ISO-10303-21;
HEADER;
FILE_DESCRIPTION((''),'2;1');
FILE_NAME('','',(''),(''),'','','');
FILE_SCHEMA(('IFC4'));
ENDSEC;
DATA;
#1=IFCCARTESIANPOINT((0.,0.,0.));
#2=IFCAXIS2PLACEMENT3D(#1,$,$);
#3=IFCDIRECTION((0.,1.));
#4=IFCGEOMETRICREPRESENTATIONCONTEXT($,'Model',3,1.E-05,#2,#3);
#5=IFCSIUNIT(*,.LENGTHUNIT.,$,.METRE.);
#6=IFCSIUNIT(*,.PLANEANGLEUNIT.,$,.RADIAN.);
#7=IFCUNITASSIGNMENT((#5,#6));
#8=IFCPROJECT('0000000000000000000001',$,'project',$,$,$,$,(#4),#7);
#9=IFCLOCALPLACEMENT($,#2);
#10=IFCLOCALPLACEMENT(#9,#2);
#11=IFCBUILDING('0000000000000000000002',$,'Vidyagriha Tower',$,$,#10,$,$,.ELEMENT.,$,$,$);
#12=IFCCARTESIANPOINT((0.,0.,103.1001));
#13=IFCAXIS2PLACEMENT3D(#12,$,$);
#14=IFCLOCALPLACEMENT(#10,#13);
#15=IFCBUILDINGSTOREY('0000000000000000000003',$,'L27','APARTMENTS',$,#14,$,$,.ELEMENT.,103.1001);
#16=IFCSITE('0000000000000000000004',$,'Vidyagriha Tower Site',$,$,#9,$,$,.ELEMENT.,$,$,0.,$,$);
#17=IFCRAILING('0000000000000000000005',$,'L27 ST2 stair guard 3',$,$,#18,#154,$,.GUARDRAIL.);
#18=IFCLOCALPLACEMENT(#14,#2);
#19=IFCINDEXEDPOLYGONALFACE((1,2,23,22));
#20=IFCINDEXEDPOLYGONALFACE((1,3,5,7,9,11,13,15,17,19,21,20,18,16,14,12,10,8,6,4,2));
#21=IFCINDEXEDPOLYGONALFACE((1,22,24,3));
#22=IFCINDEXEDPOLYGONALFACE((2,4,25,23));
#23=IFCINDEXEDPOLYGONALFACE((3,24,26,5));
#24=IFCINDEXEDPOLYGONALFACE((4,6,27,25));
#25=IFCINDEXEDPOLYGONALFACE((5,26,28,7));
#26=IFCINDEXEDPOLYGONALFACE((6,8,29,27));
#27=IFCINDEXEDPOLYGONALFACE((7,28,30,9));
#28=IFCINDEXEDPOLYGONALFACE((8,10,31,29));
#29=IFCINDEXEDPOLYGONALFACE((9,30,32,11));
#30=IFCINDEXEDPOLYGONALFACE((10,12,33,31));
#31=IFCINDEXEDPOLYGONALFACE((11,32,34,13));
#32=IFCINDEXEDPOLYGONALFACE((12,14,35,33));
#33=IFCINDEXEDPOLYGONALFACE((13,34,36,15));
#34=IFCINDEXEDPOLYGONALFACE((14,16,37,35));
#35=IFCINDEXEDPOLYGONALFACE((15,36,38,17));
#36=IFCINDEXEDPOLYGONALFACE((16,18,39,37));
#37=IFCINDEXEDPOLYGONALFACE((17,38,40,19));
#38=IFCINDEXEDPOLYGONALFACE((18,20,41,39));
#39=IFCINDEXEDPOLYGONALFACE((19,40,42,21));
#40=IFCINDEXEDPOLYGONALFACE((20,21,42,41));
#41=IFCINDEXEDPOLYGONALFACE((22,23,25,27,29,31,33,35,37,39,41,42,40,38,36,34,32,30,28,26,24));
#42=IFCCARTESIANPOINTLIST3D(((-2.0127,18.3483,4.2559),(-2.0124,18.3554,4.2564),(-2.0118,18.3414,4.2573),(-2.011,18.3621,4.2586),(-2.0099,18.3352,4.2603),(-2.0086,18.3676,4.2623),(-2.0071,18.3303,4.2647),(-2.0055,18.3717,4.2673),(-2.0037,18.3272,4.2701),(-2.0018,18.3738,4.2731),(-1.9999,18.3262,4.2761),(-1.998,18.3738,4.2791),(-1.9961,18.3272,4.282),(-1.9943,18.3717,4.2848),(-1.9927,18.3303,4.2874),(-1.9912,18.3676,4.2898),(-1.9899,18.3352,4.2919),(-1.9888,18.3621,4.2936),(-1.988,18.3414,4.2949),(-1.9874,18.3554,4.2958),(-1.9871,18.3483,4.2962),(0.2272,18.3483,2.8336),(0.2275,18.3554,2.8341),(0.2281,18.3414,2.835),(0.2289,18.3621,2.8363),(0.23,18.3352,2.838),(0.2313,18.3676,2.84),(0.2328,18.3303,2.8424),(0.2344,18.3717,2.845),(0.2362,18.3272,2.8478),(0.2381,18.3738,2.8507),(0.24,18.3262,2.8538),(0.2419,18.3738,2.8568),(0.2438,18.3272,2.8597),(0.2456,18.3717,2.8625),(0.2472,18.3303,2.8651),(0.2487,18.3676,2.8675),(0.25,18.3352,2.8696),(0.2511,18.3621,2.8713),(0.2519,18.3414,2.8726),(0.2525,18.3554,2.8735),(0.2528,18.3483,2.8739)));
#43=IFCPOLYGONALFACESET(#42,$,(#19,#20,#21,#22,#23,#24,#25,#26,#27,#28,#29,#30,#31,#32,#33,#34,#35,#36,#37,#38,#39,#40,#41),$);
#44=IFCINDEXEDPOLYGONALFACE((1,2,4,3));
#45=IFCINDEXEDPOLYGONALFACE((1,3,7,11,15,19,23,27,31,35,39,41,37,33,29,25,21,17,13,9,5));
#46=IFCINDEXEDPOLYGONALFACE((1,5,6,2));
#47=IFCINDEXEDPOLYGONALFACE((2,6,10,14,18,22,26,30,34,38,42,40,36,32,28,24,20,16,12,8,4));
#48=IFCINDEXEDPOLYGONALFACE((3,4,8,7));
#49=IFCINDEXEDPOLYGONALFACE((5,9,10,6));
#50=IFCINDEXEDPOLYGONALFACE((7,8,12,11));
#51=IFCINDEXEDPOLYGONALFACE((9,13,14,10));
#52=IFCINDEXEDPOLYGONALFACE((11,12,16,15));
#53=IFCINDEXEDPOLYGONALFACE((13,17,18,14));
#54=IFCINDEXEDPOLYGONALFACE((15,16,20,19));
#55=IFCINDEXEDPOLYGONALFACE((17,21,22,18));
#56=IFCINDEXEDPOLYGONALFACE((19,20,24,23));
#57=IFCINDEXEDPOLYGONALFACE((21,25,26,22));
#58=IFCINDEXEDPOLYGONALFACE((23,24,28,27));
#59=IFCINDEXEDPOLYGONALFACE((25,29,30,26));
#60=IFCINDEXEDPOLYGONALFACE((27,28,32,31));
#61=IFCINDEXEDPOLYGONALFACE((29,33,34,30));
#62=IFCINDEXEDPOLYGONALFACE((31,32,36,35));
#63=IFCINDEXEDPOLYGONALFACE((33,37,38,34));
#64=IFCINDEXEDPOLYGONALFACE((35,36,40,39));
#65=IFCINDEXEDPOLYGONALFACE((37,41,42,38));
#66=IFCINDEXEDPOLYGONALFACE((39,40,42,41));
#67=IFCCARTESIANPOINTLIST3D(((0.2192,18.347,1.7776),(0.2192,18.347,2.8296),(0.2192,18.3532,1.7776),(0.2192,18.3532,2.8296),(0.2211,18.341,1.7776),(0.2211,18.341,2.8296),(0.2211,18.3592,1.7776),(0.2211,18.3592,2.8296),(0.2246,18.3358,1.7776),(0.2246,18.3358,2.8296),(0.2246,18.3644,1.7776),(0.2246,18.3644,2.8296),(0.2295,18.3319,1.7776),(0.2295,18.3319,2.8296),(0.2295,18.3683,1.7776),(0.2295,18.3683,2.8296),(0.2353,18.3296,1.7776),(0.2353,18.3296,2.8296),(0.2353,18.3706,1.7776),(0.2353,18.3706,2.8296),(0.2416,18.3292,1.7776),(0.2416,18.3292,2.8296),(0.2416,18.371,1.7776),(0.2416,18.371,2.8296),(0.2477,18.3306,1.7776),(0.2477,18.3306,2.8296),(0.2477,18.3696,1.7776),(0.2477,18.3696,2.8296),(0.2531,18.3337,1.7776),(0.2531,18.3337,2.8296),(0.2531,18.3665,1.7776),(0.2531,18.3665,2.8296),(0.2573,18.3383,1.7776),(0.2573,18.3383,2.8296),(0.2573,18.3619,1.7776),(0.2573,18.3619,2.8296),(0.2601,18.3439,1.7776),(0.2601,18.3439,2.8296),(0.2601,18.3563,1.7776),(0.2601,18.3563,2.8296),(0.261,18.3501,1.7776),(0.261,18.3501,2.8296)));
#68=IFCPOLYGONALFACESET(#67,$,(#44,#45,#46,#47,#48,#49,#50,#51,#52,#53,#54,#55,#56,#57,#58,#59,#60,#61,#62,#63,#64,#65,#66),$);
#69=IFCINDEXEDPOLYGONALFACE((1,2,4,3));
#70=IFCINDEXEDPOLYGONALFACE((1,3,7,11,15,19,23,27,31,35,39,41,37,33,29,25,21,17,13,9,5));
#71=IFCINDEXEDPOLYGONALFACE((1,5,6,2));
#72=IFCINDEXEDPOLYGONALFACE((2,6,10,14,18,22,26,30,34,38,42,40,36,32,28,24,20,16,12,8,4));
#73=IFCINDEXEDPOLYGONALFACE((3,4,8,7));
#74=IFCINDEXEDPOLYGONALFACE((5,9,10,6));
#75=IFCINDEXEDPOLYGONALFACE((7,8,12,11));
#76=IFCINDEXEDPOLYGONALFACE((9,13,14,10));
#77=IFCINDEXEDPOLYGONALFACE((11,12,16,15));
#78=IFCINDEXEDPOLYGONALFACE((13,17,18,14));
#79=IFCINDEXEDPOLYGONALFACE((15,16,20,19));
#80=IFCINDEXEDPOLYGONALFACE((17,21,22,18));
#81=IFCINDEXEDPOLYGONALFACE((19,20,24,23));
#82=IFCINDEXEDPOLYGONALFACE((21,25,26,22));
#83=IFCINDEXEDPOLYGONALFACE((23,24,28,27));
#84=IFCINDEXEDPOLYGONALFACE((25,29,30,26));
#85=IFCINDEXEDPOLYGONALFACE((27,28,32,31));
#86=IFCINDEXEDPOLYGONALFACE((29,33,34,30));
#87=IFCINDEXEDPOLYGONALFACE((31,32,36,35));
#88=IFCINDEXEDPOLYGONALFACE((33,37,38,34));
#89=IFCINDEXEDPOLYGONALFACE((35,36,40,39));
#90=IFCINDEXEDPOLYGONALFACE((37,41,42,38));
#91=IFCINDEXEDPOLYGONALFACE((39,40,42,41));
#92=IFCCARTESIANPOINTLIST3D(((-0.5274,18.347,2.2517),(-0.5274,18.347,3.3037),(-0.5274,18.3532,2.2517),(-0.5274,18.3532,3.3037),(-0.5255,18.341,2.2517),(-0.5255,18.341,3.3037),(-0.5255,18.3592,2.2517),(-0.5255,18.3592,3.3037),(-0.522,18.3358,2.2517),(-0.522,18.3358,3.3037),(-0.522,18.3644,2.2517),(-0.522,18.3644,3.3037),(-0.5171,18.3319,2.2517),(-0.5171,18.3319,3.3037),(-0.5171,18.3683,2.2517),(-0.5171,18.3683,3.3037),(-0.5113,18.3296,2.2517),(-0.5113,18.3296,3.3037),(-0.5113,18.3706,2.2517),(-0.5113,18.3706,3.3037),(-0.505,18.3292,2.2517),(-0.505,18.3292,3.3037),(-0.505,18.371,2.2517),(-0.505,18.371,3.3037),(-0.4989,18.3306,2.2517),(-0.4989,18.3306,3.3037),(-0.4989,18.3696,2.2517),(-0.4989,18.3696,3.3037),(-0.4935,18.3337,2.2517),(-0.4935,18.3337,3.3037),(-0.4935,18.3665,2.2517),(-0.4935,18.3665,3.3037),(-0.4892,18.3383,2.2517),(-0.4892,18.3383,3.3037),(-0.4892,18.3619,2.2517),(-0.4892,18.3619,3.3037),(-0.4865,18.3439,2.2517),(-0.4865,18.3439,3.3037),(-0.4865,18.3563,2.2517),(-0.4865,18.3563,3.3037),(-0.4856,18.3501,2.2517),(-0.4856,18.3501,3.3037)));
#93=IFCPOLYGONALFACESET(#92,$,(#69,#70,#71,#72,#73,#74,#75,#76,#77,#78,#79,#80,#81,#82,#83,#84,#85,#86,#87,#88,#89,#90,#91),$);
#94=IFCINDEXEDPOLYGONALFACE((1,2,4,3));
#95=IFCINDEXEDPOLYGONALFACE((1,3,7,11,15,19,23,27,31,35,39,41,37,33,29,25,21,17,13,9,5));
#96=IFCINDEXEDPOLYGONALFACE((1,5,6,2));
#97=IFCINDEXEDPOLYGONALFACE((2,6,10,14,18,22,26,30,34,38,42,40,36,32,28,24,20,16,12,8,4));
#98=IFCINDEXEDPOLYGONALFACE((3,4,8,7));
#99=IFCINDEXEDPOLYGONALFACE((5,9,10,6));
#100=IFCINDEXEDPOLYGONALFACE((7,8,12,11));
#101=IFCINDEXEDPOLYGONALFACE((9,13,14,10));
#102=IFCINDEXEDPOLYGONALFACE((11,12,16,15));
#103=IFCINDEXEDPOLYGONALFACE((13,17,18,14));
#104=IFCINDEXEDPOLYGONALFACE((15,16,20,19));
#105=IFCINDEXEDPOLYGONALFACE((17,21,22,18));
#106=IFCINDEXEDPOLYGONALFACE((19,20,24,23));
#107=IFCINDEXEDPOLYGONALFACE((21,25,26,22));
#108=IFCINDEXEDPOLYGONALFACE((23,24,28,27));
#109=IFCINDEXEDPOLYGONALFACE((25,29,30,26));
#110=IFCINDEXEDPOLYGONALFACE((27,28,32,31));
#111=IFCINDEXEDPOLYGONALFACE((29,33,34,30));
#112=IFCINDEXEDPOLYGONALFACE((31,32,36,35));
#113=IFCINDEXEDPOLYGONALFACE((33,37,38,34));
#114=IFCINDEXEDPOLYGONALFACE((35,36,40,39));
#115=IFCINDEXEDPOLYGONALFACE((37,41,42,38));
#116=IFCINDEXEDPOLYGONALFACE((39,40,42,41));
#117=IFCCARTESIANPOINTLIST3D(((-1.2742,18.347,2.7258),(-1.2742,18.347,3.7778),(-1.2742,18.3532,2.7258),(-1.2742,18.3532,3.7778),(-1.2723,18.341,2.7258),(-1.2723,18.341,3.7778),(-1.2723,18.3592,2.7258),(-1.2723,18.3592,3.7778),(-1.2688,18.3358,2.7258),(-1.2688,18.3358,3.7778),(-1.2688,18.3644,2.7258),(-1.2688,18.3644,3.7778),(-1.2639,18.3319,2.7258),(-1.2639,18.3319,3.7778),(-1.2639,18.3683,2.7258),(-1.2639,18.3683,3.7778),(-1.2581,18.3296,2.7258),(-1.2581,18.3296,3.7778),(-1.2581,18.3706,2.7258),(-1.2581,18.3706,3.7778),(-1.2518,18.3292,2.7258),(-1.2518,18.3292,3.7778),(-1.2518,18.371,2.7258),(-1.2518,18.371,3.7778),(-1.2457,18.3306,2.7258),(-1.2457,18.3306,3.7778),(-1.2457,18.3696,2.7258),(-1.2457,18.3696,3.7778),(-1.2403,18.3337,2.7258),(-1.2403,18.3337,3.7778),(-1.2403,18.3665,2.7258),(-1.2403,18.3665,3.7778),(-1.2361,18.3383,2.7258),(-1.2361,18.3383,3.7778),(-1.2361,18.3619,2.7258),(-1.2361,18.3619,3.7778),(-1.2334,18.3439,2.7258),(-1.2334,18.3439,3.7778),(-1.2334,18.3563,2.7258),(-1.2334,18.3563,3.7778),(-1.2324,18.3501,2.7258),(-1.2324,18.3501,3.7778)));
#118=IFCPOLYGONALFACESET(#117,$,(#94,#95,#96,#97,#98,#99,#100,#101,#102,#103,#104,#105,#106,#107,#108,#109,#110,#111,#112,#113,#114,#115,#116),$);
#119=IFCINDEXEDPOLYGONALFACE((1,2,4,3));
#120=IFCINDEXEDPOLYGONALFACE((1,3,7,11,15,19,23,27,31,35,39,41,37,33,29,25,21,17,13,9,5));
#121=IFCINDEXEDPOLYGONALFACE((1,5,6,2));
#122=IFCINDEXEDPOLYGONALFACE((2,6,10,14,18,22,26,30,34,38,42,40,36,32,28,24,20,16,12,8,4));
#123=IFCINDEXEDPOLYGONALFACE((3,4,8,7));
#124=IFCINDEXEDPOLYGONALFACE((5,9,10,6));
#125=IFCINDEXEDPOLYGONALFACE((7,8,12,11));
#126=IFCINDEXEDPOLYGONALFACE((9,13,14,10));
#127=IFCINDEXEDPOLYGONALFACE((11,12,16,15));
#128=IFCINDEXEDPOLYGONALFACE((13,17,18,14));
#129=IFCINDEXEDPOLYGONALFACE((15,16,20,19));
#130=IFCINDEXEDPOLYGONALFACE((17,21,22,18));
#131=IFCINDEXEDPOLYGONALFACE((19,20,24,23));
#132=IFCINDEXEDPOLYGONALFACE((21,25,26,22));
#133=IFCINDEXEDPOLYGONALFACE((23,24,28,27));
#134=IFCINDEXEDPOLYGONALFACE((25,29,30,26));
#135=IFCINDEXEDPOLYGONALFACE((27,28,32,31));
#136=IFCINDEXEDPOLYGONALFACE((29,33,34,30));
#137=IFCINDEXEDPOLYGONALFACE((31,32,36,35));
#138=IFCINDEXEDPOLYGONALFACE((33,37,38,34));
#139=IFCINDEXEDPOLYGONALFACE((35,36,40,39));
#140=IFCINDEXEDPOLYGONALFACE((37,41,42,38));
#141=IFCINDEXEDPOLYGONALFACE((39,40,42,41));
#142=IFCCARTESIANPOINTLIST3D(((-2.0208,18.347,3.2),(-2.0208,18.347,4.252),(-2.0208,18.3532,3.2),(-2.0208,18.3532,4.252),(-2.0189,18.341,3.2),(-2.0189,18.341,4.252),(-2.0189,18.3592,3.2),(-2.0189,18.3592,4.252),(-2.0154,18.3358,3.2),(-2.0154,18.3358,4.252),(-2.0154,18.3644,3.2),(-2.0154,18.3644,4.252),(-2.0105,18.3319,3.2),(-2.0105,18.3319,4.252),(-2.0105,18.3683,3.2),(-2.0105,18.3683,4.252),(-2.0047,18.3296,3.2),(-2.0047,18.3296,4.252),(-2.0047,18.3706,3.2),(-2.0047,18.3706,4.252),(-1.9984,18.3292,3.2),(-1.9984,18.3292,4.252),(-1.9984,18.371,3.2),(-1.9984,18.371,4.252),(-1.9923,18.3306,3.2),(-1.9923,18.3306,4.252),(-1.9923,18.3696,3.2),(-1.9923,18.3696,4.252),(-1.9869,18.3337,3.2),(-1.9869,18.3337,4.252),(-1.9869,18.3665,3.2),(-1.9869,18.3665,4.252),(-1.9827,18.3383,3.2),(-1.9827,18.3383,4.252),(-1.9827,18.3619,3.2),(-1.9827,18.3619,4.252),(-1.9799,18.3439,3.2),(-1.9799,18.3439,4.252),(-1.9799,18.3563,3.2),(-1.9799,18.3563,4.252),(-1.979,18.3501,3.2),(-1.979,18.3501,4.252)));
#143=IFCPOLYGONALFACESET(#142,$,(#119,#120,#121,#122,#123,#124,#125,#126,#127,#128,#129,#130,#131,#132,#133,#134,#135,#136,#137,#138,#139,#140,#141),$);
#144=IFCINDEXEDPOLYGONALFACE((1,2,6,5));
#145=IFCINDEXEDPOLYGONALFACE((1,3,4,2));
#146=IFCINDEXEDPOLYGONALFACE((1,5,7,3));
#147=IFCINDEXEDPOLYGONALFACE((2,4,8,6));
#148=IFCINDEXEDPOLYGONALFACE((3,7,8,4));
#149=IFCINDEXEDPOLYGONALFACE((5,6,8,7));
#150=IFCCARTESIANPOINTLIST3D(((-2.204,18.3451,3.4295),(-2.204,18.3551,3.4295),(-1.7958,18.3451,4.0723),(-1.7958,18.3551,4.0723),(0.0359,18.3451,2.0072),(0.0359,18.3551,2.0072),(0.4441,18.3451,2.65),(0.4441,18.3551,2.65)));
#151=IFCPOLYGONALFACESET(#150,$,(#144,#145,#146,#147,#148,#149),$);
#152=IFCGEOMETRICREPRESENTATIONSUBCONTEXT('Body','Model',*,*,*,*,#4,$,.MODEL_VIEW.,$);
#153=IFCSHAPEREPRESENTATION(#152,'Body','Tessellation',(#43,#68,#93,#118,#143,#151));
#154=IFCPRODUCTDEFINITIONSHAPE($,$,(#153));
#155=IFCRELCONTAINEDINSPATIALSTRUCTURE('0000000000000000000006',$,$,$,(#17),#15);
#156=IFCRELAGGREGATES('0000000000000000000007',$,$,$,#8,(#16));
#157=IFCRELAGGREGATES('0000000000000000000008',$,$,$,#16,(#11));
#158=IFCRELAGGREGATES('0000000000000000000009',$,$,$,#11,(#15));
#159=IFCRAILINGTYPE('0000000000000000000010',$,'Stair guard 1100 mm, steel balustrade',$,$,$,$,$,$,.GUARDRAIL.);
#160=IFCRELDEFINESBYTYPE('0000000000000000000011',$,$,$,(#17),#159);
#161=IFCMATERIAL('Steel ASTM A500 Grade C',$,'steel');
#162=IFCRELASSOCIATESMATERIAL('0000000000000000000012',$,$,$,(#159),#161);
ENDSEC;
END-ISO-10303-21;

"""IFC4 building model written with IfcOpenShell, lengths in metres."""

from ifc_helpers import new_model, si_unit, direction, frame, origin, origin_2d, place, context, subcontext, project, spatial, rectangle, circle, extrude, material, type_object, element, save


model = new_model("IFC4")

# Units and contexts
model_context = context("Model", 3, precision=1e-05, world=origin(), true_north=direction((0.0, 1.0)))
body_context = subcontext(model_context, "Body", "Model", "MODEL_VIEW")
ifc_project = project(units=[si_unit("LENGTHUNIT", "METRE"), si_unit("PLANEANGLEUNIT", "RADIAN")], contexts=[model_context])

# Site, building, storey
site_placement = place(None, origin())
site = spatial("IfcSite", under=ifc_project, at=site_placement, Name="Vidyagriha Tower Site", CompositionType="ELEMENT", RefElevation=0.0)
building_placement = place(site_placement, origin())
building = spatial("IfcBuilding", under=site, at=building_placement, Name="Vidyagriha Tower", CompositionType="ELEMENT")
storey_placement = place(building_placement, frame((0.0, 0.0, 103.1001)))
storey = spatial("IfcBuildingStorey", under=building, at=storey_placement, Name="L27", Description="APARTMENTS", CompositionType="ELEMENT", Elevation=103.1001)

# Railing
ifc_material_1 = material(Name="Steel ASTM A500 Grade C", Category="steel")
railing_type_1 = type_object("IfcRailingType", Name="Stair guard 1100 mm, steel balustrade", PredefinedType="GUARDRAIL", material=ifc_material_1)
railing_1_placement = place(storey_placement, frame((0.24, 18.3501, 1.7776)))
element("IfcRailing", 1, at=railing_1_placement, inside=storey, type_object=railing_type_1, Name="L27 ST2 stair guard 3", PredefinedType="GUARDRAIL", context=body_context, shape_type="SweptSolid", body=[
    extrude(circle(Radius=0.0239, at=origin_2d()), frame((0.0, 0.0, 1.0762), z_axis=(-0.844188, 0.0, 0.536048), x_axis=(0.0, -1.0, 0.0)), (0.0, 0.0, 1.0), 2.6533),
    extrude(circle(Radius=0.021, at=origin_2d()), origin(), (0.0, 0.0, 1.0), 1.052),
    extrude(circle(Radius=0.021, at=origin_2d()), frame((-0.7466, 0.0, 0.4741)), (0.0, 0.0, 1.0), 1.052),
    extrude(circle(Radius=0.021, at=origin_2d()), frame((-1.4934, 0.0, 0.9482)), (0.0, 0.0, 1.0), 1.052),
    extrude(circle(Radius=0.021, at=origin_2d()), frame((-2.24, 0.0, 1.4224)), (0.0, 0.0, 1.0), 1.052),
    extrude(rectangle(XDim=0.01, YDim=0.7615, at=origin_2d()), frame((0.0, 0.0, 0.551), z_axis=(-0.844188, 0.0, 0.536048), x_axis=(0.0, -1.0, 0.0)), (0.0, 0.0, 1.0), 2.6533),
])

save(model, "model.ifc")
